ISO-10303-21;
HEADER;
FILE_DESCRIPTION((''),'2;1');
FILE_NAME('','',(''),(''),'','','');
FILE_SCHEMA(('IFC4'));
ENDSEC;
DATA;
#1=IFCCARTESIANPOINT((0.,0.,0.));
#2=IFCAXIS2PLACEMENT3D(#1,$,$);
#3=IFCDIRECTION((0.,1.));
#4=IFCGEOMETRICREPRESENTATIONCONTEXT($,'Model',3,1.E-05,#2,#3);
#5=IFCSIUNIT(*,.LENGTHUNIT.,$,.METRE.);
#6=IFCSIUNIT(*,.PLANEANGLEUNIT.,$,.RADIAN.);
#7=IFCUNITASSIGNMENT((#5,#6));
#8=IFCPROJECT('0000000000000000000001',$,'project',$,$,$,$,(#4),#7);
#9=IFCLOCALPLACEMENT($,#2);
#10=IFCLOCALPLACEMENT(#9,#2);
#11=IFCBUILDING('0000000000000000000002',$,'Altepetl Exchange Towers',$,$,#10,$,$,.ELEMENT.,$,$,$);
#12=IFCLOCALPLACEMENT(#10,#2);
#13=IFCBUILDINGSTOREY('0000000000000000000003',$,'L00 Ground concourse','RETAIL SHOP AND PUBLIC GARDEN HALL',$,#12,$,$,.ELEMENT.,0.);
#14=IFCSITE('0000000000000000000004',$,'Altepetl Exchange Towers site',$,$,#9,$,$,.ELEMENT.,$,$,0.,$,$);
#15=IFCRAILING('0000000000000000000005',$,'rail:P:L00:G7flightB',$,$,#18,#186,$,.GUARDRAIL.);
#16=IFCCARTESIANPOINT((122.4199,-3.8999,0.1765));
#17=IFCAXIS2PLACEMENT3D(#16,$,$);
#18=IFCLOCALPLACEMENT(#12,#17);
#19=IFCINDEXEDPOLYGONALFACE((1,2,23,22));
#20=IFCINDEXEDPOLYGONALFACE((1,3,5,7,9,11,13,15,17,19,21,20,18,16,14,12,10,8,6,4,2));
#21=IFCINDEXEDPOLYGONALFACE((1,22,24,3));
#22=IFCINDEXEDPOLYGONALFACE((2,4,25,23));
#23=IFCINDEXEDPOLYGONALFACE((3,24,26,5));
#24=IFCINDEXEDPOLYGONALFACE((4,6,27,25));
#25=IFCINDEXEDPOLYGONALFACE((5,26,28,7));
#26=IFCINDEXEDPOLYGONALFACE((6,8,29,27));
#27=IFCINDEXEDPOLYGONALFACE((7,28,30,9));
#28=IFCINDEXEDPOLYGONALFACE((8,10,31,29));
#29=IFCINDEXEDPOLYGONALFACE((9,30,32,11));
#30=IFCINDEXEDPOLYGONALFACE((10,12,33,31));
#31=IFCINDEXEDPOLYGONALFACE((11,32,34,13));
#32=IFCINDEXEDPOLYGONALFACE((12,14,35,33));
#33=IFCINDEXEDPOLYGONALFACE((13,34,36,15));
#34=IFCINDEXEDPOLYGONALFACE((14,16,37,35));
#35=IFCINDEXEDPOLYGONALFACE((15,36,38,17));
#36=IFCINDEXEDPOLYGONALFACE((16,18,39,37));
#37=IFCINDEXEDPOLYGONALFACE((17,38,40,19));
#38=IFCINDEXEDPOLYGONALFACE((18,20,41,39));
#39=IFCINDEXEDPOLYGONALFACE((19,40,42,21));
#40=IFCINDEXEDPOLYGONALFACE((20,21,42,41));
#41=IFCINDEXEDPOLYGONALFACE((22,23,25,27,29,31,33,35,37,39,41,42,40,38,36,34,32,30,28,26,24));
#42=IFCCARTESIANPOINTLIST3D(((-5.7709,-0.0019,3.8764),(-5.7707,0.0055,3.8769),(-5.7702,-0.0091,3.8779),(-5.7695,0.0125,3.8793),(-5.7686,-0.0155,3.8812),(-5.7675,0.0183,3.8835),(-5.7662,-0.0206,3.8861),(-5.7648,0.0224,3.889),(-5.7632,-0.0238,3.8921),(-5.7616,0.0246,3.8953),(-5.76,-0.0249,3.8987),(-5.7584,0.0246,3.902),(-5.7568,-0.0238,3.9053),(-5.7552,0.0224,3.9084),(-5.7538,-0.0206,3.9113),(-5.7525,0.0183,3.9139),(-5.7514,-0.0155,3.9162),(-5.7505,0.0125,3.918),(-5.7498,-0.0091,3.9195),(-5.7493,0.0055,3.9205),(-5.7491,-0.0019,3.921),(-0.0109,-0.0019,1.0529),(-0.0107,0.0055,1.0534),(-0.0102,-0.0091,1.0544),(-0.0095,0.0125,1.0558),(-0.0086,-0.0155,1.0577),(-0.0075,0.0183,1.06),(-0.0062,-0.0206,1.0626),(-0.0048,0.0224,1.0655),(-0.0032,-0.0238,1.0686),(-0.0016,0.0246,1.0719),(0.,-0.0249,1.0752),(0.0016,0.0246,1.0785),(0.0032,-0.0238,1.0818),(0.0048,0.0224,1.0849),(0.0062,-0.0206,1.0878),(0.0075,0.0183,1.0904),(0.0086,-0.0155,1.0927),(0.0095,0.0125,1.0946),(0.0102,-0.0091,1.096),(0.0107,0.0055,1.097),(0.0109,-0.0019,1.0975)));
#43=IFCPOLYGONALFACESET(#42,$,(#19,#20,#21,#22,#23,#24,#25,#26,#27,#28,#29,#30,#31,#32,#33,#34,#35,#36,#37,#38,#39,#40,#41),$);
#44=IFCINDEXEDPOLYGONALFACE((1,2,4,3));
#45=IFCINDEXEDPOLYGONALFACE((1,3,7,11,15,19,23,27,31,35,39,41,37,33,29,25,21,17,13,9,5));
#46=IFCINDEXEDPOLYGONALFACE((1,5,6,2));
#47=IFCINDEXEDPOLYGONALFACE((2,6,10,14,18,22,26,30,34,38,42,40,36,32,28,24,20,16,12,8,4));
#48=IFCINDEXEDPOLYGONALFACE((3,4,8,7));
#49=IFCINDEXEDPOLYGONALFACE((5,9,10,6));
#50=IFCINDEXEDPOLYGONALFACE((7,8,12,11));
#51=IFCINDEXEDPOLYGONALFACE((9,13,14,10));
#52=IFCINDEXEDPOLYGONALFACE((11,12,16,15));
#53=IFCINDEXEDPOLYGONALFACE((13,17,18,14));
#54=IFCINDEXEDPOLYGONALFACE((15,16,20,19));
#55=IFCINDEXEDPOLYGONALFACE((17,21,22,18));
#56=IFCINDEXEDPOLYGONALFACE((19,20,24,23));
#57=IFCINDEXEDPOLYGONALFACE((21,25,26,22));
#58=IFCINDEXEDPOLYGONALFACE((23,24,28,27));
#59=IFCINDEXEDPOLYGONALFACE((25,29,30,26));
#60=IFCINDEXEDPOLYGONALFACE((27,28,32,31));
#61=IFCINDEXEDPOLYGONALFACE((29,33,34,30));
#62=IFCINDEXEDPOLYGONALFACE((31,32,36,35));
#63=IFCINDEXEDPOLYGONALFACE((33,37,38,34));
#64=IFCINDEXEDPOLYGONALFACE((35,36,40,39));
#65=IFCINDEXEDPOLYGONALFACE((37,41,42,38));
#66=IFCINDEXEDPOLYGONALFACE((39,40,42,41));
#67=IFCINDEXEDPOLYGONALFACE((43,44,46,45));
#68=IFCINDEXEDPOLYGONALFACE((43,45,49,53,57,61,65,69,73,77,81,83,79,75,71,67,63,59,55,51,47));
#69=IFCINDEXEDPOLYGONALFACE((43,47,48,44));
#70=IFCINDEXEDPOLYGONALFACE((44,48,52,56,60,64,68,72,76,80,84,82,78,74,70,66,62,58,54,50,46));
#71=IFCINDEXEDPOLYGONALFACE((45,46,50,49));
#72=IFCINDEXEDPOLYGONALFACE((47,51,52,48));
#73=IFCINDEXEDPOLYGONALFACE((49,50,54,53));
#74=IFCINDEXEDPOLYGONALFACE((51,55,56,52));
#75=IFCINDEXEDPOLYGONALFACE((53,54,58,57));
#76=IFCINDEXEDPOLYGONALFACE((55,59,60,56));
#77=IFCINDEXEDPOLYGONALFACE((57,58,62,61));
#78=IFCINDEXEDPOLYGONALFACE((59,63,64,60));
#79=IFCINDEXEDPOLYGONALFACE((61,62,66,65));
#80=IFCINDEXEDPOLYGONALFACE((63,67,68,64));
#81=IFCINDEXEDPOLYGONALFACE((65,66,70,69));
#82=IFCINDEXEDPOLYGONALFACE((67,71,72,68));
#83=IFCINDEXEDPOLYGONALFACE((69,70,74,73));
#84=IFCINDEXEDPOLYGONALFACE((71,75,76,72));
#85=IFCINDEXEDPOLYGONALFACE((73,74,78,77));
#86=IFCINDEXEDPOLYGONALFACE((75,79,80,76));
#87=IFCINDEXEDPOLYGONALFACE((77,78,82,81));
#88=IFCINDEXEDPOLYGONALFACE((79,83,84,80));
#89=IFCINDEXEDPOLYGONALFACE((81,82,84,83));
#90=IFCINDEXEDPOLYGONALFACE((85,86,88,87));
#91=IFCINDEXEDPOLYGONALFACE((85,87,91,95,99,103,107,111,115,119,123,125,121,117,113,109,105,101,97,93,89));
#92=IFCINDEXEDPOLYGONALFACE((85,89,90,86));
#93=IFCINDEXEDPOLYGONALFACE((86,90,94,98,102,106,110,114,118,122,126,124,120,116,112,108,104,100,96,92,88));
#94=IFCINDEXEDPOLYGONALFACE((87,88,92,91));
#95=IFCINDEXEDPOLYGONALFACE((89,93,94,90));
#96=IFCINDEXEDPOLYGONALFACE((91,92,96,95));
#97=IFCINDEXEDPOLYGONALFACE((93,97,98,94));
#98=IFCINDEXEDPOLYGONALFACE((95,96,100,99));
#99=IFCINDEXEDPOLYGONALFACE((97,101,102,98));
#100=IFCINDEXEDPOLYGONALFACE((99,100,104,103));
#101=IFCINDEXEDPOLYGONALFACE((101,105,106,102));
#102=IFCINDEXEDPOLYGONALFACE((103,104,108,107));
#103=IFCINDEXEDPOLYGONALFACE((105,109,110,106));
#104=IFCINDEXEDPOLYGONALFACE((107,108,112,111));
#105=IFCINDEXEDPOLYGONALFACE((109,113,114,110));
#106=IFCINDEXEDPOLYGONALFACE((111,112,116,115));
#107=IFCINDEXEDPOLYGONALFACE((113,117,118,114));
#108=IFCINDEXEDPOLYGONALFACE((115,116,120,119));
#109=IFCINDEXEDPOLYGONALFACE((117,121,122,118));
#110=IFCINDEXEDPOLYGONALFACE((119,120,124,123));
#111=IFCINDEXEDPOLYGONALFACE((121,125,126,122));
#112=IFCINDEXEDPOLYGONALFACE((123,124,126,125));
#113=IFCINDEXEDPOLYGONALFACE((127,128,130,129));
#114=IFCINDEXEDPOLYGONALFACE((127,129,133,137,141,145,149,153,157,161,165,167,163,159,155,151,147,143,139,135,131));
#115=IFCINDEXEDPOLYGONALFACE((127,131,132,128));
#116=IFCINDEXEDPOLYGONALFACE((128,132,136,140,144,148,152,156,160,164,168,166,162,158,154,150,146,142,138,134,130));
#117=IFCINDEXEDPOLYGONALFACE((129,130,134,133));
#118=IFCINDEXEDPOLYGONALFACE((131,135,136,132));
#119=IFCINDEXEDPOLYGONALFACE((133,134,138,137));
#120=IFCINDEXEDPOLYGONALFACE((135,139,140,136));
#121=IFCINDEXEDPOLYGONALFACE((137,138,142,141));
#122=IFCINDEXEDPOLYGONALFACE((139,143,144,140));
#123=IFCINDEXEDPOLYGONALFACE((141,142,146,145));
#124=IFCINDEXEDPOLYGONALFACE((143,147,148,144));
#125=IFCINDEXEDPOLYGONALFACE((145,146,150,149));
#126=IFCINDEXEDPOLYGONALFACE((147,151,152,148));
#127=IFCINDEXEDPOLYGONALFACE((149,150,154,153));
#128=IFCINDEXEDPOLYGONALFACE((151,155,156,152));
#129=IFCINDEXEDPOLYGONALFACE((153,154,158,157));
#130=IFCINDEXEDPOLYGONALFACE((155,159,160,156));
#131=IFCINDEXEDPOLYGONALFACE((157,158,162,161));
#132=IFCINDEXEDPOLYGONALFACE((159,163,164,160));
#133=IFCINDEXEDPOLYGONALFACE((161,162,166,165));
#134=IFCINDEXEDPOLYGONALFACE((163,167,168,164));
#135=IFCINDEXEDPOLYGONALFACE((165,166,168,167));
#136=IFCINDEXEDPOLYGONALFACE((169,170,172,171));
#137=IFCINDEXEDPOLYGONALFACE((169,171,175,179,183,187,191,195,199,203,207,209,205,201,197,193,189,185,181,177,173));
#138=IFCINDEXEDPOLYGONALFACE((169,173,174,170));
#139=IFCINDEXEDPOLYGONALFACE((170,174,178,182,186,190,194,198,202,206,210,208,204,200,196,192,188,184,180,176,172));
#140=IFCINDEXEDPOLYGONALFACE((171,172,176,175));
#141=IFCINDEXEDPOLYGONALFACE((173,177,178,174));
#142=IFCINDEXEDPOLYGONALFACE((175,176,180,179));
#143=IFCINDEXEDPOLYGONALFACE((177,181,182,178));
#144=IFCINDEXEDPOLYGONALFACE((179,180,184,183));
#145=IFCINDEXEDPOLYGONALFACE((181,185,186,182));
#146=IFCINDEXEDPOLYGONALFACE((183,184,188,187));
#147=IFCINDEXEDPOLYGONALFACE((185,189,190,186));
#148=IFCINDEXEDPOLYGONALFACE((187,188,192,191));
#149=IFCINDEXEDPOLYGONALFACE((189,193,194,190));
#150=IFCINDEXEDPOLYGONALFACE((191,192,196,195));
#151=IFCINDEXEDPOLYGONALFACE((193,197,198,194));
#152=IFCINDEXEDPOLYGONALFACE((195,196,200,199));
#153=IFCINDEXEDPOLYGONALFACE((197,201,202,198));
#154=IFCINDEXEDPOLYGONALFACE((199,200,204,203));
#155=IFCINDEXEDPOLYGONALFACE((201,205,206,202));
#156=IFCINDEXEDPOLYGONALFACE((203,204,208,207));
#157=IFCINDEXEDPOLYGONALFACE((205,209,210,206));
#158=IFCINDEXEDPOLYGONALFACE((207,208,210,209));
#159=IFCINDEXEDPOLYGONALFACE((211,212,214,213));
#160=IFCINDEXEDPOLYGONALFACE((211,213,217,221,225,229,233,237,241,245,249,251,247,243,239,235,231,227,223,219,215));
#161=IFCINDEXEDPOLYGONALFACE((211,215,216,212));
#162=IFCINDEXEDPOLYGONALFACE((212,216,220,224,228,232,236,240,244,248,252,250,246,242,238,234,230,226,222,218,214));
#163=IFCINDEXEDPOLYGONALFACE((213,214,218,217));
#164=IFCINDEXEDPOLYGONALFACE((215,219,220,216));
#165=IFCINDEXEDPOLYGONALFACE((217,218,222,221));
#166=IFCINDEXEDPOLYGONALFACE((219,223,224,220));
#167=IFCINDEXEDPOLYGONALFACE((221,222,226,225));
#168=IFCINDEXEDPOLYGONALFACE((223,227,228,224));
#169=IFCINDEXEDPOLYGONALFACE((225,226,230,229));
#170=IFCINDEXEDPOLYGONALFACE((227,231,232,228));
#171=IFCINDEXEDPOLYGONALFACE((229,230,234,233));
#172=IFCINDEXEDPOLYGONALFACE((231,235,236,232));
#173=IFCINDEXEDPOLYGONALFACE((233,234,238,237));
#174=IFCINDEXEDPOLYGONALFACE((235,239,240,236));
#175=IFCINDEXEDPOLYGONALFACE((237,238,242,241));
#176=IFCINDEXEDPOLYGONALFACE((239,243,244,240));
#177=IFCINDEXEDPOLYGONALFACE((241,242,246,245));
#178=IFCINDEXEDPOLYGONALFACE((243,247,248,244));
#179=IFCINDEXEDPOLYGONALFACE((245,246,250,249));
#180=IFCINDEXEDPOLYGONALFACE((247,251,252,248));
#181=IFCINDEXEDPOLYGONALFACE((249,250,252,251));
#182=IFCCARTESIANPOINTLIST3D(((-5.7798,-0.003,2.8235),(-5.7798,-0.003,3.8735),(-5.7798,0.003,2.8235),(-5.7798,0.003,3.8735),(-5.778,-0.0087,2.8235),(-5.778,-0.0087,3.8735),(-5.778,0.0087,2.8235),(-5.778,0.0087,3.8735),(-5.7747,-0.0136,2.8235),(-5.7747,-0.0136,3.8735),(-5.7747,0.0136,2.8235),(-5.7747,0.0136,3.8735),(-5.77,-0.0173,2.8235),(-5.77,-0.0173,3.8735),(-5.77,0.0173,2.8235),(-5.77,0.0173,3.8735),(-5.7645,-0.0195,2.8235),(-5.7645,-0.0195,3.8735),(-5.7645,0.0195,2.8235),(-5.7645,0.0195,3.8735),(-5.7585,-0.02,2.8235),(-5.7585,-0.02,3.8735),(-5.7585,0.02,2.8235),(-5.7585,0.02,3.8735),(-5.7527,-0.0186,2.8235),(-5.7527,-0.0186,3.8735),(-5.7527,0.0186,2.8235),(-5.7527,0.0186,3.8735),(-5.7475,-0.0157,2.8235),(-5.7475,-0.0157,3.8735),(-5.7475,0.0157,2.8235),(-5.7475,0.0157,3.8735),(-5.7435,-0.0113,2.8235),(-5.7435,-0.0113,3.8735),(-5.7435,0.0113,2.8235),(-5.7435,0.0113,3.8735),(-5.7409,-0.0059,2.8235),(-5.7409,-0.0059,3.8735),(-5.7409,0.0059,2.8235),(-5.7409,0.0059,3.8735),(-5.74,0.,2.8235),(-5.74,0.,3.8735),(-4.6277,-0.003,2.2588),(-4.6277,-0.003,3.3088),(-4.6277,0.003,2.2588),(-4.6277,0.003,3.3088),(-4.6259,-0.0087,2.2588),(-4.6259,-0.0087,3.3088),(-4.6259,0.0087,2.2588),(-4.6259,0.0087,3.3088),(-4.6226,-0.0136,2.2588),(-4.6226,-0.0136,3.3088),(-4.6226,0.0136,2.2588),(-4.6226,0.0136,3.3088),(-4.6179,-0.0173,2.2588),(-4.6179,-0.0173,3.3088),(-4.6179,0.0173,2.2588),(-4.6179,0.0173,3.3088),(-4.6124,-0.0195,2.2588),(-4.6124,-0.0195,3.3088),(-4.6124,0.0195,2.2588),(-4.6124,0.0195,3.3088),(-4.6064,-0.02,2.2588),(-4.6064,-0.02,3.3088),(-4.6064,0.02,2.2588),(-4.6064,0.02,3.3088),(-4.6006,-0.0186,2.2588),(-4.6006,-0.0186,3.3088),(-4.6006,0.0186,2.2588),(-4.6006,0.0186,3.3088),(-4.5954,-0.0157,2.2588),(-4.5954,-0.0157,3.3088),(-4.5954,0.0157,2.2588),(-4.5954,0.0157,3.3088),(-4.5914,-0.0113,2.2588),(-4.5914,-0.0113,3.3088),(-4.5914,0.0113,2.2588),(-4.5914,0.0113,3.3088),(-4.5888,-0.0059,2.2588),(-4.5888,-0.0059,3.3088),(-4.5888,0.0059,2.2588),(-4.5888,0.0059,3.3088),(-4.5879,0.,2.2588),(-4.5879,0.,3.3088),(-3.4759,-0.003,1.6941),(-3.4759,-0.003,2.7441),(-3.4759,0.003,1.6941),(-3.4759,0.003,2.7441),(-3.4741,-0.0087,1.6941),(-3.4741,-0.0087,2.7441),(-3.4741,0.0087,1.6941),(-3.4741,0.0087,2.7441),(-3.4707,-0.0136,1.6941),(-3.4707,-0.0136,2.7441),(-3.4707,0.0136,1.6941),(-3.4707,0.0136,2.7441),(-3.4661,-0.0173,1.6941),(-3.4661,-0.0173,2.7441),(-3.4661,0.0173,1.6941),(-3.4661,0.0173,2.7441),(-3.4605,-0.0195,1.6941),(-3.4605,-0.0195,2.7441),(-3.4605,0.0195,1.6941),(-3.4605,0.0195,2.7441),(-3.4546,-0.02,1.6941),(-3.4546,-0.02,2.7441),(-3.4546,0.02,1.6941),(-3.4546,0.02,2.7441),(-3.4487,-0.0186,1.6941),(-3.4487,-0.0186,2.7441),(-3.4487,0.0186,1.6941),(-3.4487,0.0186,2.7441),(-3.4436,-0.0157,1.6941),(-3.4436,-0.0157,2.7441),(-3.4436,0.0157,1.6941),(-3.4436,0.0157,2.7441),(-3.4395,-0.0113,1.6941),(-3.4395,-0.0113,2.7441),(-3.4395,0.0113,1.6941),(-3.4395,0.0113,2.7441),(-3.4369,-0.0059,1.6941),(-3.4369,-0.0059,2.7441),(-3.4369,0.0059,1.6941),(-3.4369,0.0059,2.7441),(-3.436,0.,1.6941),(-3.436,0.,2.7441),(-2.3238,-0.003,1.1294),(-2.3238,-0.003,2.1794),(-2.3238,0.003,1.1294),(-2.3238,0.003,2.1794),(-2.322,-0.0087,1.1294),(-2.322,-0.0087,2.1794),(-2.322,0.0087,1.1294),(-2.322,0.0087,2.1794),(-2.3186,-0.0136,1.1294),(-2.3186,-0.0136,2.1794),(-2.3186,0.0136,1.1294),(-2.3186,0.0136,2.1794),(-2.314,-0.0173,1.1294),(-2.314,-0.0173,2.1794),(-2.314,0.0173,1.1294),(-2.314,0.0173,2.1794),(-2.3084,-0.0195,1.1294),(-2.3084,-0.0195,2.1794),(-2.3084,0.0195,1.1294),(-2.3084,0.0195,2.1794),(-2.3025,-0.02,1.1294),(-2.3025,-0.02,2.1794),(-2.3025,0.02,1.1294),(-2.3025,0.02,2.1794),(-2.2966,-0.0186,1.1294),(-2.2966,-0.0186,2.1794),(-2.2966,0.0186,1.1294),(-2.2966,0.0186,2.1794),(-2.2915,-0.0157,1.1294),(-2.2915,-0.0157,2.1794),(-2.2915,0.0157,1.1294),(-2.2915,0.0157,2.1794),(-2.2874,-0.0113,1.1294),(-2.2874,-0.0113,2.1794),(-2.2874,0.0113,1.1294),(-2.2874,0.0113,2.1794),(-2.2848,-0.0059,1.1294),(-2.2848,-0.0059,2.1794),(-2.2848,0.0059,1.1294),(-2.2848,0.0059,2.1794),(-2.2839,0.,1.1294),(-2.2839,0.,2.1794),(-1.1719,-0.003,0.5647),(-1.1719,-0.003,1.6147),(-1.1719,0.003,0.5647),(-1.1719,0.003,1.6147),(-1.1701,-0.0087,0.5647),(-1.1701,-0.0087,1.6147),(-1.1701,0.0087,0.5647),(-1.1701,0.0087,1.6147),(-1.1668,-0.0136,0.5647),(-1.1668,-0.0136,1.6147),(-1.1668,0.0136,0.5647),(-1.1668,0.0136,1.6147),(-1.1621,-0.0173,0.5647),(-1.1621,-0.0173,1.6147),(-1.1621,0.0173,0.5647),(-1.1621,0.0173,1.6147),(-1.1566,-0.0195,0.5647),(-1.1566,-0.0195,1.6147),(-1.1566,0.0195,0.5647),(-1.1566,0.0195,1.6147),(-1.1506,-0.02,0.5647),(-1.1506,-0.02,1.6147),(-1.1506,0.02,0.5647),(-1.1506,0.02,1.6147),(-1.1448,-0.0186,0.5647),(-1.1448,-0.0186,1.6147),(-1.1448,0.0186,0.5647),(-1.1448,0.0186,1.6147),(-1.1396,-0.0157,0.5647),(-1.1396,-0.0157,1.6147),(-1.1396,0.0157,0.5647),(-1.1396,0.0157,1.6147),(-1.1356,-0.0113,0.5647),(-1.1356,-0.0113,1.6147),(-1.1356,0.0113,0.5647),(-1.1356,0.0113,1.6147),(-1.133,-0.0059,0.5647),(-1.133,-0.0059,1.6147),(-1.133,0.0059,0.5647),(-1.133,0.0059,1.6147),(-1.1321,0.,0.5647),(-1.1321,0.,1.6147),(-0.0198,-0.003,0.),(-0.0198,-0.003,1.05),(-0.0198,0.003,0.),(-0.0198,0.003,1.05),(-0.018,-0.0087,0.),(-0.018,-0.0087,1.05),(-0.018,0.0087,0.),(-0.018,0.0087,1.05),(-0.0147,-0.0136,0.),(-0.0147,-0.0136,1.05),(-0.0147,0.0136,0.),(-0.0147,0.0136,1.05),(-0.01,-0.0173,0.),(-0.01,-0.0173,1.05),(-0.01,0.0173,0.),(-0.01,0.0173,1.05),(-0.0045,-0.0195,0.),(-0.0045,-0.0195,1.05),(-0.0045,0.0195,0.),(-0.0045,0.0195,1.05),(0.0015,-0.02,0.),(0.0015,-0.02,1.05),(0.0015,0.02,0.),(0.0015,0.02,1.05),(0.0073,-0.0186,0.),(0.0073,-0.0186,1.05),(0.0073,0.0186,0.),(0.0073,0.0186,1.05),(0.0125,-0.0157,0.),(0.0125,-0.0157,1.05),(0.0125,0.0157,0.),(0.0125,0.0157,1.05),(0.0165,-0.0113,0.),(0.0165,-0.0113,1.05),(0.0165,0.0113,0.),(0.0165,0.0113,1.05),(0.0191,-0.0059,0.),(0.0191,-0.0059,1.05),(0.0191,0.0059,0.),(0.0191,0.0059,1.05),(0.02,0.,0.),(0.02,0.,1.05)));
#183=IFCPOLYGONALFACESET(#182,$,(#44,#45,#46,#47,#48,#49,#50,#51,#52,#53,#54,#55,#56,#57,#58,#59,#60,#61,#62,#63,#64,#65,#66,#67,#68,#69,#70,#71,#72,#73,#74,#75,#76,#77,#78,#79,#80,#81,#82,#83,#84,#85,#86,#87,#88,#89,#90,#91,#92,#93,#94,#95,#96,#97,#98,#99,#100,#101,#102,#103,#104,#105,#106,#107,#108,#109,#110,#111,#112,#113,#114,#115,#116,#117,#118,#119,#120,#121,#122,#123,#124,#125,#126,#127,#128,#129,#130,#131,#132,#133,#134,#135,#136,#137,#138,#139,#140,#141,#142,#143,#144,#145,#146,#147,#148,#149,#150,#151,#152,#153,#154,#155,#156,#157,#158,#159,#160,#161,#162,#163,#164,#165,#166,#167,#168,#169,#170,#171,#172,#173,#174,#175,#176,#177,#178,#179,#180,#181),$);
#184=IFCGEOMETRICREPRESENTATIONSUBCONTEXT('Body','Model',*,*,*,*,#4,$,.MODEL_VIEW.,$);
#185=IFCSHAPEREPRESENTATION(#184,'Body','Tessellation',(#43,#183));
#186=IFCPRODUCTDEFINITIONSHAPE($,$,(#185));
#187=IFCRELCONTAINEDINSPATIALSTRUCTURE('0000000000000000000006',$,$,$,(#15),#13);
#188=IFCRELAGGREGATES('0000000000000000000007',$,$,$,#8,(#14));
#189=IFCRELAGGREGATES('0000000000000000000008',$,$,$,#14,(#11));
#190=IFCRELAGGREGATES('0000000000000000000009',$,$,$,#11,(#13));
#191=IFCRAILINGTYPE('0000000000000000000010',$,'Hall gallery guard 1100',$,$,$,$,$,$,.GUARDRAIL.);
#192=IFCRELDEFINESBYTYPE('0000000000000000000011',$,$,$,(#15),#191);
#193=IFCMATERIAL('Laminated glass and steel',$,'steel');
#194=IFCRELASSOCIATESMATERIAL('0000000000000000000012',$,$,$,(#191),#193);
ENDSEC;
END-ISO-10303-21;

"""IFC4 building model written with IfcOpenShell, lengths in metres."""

from ifc_helpers import new_model, si_unit, direction, frame, origin, origin_2d, place, context, subcontext, project, spatial, circle, extrude, source, transform, mapped, material, type_object, element, save


model = new_model("IFC4")

# Units and contexts
model_context = context("Model", 3, precision=1e-05, world=origin(), true_north=direction((0.0, 1.0)))
body_context = subcontext(model_context, "Body", "Model", "MODEL_VIEW")
ifc_project = project(units=[si_unit("LENGTHUNIT", "METRE"), si_unit("PLANEANGLEUNIT", "RADIAN")], contexts=[model_context])

# Site, building, storey
site_placement = place(None, origin())
site = spatial("IfcSite", under=ifc_project, at=site_placement, Name="Altepetl Exchange Towers site", CompositionType="ELEMENT", RefElevation=0.0)
building_placement = place(site_placement, origin())
building = spatial("IfcBuilding", under=site, at=building_placement, Name="Altepetl Exchange Towers", CompositionType="ELEMENT")
storey_placement = place(building_placement, origin())
storey = spatial("IfcBuildingStorey", under=building, at=storey_placement, Name="L00 Ground concourse", Description="RETAIL SHOP AND PUBLIC GARDEN HALL", CompositionType="ELEMENT", Elevation=0.0)

# Railing
ifc_material_1 = material(Name="Laminated glass and steel", Category="steel")
railing_type_1 = type_object("IfcRailingType", Name="Hall gallery guard 1100", PredefinedType="GUARDRAIL", material=ifc_material_1)
shared_shape_1 = source(origin(), body_context, "Body", "SweptSolid", [
    extrude(circle(Radius=0.02, at=origin_2d()), origin(), (0.0, 0.0, 1.0), 1.05),
])
for number, where, name in (
    (1, (122.4199, -3.8999, 0.1765), "rail:P:L00:G7flightB"),
):
    element("IfcRailing", number, at=place(storey_placement, frame(where)), inside=storey, type_object=railing_type_1, Name=name, PredefinedType="GUARDRAIL", context=body_context, shape_type="SweptSolid", body=[
        extrude(circle(Radius=0.0249, at=origin_2d()), frame((0.0, 0.0, 1.0752), z_axis=(-0.897924, 0.0, 0.440151), x_axis=(0.0, -1.0, 0.0)), (0.0, 0.0, 1.0), 6.4148),
        mapped(shared_shape_1, transform((0.0, 0.0, 0.0))),
        mapped(shared_shape_1, transform((-1.1521, 0.0, 0.5647))),
        mapped(shared_shape_1, transform((-2.304, 0.0, 1.1294))),
        mapped(shared_shape_1, transform((-3.4561, 0.0, 1.6941))),
        mapped(shared_shape_1, transform((-4.6079, 0.0, 2.2588))),
        mapped(shared_shape_1, transform((-5.76, 0.0, 2.8235))),
    ])

save(model, "model.ifc")
